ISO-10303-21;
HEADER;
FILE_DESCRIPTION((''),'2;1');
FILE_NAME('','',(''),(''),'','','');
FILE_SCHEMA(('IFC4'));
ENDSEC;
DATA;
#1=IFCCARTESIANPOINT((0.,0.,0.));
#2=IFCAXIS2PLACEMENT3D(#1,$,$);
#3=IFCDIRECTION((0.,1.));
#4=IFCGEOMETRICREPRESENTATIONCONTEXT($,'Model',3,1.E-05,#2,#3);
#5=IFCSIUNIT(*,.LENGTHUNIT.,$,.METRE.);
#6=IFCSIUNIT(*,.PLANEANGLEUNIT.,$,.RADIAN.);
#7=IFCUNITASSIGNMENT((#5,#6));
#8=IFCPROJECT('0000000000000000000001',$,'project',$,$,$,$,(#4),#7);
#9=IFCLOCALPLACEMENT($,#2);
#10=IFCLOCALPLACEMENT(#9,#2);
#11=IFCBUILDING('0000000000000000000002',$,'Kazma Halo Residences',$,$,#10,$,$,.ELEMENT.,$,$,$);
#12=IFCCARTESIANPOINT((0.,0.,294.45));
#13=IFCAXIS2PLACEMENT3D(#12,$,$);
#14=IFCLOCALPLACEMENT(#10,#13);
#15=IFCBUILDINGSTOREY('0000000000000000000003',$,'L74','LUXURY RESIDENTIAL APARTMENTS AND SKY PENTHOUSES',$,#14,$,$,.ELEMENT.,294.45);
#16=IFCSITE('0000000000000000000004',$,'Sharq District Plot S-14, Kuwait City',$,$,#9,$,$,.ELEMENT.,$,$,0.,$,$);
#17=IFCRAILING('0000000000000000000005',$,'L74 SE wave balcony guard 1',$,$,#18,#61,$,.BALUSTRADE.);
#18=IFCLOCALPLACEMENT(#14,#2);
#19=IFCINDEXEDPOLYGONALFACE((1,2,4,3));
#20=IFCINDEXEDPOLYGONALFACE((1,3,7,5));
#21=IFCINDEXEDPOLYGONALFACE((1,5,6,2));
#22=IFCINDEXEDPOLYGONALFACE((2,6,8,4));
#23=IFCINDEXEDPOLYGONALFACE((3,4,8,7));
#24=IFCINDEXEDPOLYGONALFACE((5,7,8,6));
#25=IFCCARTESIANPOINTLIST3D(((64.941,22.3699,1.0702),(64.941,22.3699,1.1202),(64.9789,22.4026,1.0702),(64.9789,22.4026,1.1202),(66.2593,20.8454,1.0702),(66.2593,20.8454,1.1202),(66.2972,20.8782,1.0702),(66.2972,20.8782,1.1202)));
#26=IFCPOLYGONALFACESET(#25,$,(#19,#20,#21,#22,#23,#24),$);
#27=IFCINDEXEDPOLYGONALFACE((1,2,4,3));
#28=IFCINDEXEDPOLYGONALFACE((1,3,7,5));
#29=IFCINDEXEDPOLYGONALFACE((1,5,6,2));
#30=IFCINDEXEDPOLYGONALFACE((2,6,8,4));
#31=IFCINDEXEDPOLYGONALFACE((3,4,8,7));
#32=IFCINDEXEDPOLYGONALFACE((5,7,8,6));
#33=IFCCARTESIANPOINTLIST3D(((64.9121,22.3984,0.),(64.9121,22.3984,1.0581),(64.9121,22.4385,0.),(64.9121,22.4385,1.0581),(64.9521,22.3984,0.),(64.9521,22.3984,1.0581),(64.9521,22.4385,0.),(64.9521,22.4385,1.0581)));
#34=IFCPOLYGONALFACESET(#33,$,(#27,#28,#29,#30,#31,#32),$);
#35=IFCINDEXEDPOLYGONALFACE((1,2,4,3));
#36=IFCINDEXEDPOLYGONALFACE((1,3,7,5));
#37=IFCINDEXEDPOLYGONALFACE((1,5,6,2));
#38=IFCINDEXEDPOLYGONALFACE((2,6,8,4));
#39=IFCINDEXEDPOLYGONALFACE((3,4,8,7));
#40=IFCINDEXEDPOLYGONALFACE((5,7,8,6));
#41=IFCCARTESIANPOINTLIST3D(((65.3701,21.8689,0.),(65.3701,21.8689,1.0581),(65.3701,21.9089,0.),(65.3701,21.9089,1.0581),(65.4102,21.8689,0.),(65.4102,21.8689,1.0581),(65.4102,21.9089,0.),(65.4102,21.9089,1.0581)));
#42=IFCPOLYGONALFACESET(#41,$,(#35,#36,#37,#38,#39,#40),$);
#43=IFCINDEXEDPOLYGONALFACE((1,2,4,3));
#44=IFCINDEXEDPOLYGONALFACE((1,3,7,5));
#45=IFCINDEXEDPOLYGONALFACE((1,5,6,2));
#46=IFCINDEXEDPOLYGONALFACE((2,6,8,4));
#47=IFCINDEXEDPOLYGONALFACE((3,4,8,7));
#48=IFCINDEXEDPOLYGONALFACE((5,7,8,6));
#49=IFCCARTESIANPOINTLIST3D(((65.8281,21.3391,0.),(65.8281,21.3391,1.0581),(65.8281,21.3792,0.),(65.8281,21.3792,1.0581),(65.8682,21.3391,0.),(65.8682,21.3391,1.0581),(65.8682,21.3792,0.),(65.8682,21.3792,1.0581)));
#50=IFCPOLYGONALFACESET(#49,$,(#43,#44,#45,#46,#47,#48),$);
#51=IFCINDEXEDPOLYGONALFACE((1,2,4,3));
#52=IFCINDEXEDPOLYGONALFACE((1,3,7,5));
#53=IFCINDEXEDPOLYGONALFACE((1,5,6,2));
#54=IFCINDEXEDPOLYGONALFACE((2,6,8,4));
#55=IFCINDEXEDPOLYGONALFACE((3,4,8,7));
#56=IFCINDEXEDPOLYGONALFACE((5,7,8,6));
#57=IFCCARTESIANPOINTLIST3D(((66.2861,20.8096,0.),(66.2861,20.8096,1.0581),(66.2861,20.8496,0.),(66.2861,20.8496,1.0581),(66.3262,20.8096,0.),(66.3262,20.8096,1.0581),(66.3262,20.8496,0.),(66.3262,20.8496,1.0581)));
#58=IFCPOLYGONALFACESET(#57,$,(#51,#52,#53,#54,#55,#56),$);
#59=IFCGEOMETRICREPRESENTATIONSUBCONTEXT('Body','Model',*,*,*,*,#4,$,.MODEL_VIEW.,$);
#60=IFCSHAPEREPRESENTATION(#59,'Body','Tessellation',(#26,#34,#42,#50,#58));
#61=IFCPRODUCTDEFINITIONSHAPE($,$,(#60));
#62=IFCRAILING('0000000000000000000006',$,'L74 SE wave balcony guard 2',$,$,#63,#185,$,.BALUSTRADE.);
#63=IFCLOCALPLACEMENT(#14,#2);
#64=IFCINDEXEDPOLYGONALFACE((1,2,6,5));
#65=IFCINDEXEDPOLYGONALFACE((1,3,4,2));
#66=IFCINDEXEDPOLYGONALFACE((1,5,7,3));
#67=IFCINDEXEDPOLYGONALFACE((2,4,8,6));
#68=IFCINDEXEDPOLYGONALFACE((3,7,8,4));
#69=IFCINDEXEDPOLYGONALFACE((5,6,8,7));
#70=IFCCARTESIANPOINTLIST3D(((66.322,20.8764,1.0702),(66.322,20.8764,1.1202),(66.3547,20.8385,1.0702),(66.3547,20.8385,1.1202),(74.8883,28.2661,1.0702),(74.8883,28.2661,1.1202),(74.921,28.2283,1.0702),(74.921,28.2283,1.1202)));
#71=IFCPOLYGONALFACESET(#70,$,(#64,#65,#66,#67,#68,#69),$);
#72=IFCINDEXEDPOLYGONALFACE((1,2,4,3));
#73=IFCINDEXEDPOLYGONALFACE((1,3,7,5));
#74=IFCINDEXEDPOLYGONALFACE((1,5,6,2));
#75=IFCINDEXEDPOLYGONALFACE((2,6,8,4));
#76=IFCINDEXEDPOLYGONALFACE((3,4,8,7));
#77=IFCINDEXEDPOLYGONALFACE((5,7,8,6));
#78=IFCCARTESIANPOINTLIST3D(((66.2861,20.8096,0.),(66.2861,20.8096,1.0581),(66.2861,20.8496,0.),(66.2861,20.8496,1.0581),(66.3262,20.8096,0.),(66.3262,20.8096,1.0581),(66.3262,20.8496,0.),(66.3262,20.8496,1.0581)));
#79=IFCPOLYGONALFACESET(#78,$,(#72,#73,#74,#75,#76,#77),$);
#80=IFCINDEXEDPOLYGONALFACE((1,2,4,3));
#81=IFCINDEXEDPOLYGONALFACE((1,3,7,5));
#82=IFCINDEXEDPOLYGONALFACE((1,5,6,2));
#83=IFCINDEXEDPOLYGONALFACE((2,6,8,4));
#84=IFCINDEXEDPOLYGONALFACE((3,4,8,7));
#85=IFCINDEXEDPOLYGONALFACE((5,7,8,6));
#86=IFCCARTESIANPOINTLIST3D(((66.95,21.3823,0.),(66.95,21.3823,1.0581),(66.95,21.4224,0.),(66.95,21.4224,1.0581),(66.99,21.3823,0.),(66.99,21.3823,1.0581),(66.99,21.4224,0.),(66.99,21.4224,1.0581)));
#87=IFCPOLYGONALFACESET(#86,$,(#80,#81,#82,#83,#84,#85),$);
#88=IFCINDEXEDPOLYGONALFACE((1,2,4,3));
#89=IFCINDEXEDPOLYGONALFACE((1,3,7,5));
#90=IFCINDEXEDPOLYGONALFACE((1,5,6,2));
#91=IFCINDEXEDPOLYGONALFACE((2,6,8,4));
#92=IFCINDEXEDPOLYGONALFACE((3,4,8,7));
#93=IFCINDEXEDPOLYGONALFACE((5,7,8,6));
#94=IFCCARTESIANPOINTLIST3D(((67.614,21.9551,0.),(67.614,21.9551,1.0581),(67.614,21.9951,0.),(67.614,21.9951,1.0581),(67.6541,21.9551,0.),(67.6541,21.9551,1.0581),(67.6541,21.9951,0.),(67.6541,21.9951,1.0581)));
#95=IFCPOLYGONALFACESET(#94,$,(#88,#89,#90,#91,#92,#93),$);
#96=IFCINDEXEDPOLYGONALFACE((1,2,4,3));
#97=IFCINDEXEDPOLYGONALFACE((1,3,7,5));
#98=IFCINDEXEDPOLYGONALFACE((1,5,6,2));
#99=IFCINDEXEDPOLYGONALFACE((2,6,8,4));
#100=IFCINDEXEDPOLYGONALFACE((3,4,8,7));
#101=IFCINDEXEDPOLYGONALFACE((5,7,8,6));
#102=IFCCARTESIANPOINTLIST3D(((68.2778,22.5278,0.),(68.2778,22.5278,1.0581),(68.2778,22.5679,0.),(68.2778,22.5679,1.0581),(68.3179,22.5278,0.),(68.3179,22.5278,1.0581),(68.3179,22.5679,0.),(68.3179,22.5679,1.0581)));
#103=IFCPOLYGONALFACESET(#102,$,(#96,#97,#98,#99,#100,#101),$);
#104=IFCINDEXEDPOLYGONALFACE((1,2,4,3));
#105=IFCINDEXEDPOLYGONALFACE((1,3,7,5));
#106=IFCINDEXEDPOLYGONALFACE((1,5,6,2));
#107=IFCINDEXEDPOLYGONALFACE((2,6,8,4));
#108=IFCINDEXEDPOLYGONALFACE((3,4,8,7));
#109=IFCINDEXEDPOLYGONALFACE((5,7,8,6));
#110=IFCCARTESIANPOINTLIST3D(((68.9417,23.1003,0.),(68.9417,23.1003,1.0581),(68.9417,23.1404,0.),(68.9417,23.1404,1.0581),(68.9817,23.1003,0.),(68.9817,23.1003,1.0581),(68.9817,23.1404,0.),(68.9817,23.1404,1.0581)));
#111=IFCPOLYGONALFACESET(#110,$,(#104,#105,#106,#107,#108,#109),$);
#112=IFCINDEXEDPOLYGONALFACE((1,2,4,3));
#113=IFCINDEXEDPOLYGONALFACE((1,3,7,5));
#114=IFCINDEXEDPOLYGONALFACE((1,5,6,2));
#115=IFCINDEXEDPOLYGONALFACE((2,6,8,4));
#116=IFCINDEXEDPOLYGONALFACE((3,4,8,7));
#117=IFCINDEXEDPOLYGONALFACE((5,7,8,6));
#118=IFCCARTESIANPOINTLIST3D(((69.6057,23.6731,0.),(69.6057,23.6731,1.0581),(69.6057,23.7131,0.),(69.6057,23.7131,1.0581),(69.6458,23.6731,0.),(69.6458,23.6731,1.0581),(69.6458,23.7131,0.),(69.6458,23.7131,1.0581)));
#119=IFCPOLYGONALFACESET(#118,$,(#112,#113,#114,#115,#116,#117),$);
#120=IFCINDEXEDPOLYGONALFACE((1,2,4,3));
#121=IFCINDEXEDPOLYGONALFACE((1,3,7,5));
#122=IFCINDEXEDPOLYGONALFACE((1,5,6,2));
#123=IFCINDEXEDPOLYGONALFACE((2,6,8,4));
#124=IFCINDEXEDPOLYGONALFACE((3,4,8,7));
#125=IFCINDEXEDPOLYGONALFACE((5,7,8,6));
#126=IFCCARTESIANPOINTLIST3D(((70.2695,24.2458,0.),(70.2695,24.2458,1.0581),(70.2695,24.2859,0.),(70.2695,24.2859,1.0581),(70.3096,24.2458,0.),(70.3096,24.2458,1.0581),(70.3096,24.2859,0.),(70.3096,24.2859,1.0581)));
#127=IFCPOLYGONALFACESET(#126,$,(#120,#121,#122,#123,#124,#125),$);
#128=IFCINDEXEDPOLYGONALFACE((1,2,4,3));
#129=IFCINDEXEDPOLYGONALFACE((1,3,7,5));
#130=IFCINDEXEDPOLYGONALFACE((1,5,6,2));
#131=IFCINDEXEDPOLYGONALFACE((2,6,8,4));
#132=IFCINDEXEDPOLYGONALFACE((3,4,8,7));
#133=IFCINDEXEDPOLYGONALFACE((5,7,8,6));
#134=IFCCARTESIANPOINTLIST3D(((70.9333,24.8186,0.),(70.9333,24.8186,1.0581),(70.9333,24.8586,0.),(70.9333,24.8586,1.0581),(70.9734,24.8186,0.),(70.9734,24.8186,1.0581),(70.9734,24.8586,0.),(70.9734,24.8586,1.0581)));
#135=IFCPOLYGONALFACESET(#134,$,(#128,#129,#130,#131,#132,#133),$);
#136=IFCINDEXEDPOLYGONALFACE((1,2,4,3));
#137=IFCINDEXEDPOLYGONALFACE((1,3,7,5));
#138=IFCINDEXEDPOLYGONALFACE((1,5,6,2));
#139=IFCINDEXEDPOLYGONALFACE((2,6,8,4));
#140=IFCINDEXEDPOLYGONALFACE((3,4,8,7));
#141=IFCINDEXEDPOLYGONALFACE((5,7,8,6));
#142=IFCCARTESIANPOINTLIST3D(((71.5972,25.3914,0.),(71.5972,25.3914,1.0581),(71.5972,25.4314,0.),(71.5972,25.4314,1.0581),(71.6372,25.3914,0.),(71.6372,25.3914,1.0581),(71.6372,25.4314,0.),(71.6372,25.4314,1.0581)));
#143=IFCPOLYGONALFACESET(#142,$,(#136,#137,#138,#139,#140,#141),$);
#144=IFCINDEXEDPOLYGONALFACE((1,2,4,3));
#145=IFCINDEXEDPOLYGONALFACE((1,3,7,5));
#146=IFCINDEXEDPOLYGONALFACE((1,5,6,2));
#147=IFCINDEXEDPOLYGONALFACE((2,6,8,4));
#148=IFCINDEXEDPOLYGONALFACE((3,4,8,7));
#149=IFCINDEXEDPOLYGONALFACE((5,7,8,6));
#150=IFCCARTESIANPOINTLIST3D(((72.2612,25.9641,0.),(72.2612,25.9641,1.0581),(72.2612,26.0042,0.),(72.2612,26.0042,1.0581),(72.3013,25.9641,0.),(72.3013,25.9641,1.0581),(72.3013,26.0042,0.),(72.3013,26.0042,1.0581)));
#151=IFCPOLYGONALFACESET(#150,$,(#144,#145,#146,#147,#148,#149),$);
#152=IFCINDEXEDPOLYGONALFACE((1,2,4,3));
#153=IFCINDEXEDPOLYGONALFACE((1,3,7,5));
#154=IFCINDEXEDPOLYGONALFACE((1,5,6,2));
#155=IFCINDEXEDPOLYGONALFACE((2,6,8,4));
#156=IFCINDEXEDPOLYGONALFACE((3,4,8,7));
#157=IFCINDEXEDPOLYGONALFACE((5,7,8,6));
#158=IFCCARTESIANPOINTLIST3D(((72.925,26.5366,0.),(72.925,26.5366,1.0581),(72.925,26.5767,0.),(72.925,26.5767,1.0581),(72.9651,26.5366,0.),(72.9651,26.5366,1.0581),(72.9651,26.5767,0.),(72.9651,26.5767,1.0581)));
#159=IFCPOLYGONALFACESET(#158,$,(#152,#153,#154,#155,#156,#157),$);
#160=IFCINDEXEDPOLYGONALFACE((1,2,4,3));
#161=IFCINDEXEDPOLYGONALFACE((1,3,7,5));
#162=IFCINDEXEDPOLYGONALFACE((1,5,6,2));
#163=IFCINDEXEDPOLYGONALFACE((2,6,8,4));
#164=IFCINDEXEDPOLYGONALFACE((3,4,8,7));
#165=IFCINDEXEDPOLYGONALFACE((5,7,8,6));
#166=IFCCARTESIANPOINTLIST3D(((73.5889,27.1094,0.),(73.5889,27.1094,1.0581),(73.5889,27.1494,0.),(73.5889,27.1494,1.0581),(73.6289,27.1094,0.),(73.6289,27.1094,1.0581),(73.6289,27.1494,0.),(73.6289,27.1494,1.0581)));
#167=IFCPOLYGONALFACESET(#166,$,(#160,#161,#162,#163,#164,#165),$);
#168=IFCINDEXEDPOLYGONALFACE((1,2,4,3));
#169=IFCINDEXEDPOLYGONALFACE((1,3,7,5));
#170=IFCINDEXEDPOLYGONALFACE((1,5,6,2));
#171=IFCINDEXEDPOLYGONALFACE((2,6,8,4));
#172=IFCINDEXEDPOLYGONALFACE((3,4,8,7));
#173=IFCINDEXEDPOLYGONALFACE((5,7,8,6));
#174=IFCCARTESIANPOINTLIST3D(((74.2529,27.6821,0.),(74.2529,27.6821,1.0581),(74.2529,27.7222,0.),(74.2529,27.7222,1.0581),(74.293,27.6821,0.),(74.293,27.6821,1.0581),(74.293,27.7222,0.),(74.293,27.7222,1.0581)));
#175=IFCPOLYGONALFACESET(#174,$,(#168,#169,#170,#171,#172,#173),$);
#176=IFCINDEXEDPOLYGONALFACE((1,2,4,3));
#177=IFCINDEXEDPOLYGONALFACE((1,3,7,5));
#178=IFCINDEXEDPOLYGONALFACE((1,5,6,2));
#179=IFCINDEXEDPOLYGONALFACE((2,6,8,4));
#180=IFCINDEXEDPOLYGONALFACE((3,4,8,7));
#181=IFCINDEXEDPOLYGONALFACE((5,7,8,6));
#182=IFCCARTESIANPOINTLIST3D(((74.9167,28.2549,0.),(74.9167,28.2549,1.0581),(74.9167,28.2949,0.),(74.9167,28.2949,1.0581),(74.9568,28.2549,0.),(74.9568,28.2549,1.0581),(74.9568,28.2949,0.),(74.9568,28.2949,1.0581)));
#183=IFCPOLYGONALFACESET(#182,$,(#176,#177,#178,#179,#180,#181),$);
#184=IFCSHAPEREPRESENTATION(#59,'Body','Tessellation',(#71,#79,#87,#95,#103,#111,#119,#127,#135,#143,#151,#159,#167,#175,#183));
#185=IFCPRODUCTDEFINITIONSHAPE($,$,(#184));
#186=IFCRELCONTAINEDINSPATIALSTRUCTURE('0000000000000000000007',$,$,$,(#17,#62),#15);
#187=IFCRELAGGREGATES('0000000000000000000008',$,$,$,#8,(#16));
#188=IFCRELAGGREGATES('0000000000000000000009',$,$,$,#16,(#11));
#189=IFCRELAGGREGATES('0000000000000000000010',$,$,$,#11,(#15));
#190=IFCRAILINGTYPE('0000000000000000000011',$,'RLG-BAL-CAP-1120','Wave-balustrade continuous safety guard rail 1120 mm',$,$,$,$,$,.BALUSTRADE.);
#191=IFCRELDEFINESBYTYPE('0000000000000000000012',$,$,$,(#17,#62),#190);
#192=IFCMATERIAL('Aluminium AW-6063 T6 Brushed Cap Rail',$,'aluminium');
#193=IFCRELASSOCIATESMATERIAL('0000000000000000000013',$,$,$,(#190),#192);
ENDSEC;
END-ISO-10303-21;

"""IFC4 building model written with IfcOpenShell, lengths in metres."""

from ifc_helpers import new_model, si_unit, direction, frame, origin, origin_2d, place, context, subcontext, project, spatial, rectangle, extrude, material, type_object, element, save


model = new_model("IFC4")

# Units and contexts
model_context = context("Model", 3, precision=1e-05, world=origin(), true_north=direction((0.0, 1.0)))
body_context = subcontext(model_context, "Body", "Model", "MODEL_VIEW")
ifc_project = project(units=[si_unit("LENGTHUNIT", "METRE"), si_unit("PLANEANGLEUNIT", "RADIAN")], contexts=[model_context])

# Site, building, storey
site_placement = place(None, origin())
site = spatial("IfcSite", under=ifc_project, at=site_placement, Name="Sharq District Plot S-14, Kuwait City", CompositionType="ELEMENT", RefElevation=0.0)
building_placement = place(site_placement, origin())
building = spatial("IfcBuilding", under=site, at=building_placement, Name="Kazma Halo Residences", CompositionType="ELEMENT")
storey_placement = place(building_placement, frame((0.0, 0.0, 294.45)))
storey = spatial("IfcBuildingStorey", under=building, at=storey_placement, Name="L74", Description="LUXURY RESIDENTIAL APARTMENTS AND SKY PENTHOUSES", CompositionType="ELEMENT", Elevation=294.45)

# Railings
ifc_material_1 = material(Name="Aluminium AW-6063 T6 Brushed Cap Rail", Category="aluminium")
railing_type = type_object("IfcRailingType", Name="RLG-BAL-CAP-1120", Description="Wave-balustrade continuous safety guard rail 1120 mm", PredefinedType="BALUSTRADE", material=ifc_material_1)
railing_1_placement = place(storey_placement, frame((64.9321, 22.4185, 0.0)))
element("IfcRailing", 1, at=railing_1_placement, inside=storey, type_object=railing_type, Name="L74 SE wave balcony guard 1", PredefinedType="BALUSTRADE", context=body_context, shape_type="SweptSolid", body=[
    extrude(rectangle(XDim=0.05, YDim=0.05, at=origin_2d()), frame((0.0278, -0.0322, 1.0952), z_axis=(0.654116, -0.756394, 0.0), x_axis=(0.756394, 0.654116, 0.0)), (0.0, 0.0, 1.0), 2.0154),
    extrude(rectangle(XDim=0.04, YDim=0.04, at=origin_2d()), origin(), (0.0, 0.0, 1.0), 1.0581),
    extrude(rectangle(XDim=0.04, YDim=0.04, at=origin_2d()), frame((0.458, -0.5295, 0.0)), (0.0, 0.0, 1.0), 1.0581),
    extrude(rectangle(XDim=0.04, YDim=0.04, at=origin_2d()), frame((0.916, -1.0593, 0.0)), (0.0, 0.0, 1.0), 1.0581),
    extrude(rectangle(XDim=0.04, YDim=0.04, at=origin_2d()), frame((1.374, -1.5889, 0.0)), (0.0, 0.0, 1.0), 1.0581),
])
railing_2_placement = place(storey_placement, frame((66.3062, 20.8296, 0.0)))
element("IfcRailing", 2, at=railing_2_placement, inside=storey, type_object=railing_type, Name="L74 SE wave balcony guard 2", PredefinedType="BALUSTRADE", context=body_context, shape_type="SweptSolid", body=[
    extrude(rectangle(XDim=0.05, YDim=0.05, at=origin_2d()), frame((0.0322, 0.0278, 1.0952), z_axis=(0.757187, 0.653198, 0.0), x_axis=(-0.653198, 0.757187, 0.0)), (0.0, 0.0, 1.0), 11.3132),
    extrude(rectangle(XDim=0.04, YDim=0.04, at=origin_2d()), origin(), (0.0, 0.0, 1.0), 1.0581),
    extrude(rectangle(XDim=0.04, YDim=0.04, at=origin_2d()), frame((0.6638, 0.5728, 0.0)), (0.0, 0.0, 1.0), 1.0581),
    extrude(rectangle(XDim=0.04, YDim=0.04, at=origin_2d()), frame((1.3279, 1.1455, 0.0)), (0.0, 0.0, 1.0), 1.0581),
    extrude(rectangle(XDim=0.04, YDim=0.04, at=origin_2d()), frame((1.9917, 1.7183, 0.0)), (0.0, 0.0, 1.0), 1.0581),
    extrude(rectangle(XDim=0.04, YDim=0.04, at=origin_2d()), frame((2.6555, 2.2908, 0.0)), (0.0, 0.0, 1.0), 1.0581),
    extrude(rectangle(XDim=0.04, YDim=0.04, at=origin_2d()), frame((3.3196, 2.8635, 0.0)), (0.0, 0.0, 1.0), 1.0581),
    extrude(rectangle(XDim=0.04, YDim=0.04, at=origin_2d()), frame((3.9834, 3.4363, 0.0)), (0.0, 0.0, 1.0), 1.0581),
    extrude(rectangle(XDim=0.04, YDim=0.04, at=origin_2d()), frame((4.6472, 4.009, 0.0)), (0.0, 0.0, 1.0), 1.0581),
    extrude(rectangle(XDim=0.04, YDim=0.04, at=origin_2d()), frame((5.311, 4.5818, 0.0)), (0.0, 0.0, 1.0), 1.0581),
    extrude(rectangle(XDim=0.04, YDim=0.04, at=origin_2d()), frame((5.9751, 5.1545, 0.0)), (0.0, 0.0, 1.0), 1.0581),
    extrude(rectangle(XDim=0.04, YDim=0.04, at=origin_2d()), frame((6.6389, 5.7271, 0.0)), (0.0, 0.0, 1.0), 1.0581),
    extrude(rectangle(XDim=0.04, YDim=0.04, at=origin_2d()), frame((7.3027, 6.2998, 0.0)), (0.0, 0.0, 1.0), 1.0581),
    extrude(rectangle(XDim=0.04, YDim=0.04, at=origin_2d()), frame((7.9668, 6.8726, 0.0)), (0.0, 0.0, 1.0), 1.0581),
    extrude(rectangle(XDim=0.04, YDim=0.04, at=origin_2d()), frame((8.6306, 7.4453, 0.0)), (0.0, 0.0, 1.0), 1.0581),
])

save(model, "model.ifc")
